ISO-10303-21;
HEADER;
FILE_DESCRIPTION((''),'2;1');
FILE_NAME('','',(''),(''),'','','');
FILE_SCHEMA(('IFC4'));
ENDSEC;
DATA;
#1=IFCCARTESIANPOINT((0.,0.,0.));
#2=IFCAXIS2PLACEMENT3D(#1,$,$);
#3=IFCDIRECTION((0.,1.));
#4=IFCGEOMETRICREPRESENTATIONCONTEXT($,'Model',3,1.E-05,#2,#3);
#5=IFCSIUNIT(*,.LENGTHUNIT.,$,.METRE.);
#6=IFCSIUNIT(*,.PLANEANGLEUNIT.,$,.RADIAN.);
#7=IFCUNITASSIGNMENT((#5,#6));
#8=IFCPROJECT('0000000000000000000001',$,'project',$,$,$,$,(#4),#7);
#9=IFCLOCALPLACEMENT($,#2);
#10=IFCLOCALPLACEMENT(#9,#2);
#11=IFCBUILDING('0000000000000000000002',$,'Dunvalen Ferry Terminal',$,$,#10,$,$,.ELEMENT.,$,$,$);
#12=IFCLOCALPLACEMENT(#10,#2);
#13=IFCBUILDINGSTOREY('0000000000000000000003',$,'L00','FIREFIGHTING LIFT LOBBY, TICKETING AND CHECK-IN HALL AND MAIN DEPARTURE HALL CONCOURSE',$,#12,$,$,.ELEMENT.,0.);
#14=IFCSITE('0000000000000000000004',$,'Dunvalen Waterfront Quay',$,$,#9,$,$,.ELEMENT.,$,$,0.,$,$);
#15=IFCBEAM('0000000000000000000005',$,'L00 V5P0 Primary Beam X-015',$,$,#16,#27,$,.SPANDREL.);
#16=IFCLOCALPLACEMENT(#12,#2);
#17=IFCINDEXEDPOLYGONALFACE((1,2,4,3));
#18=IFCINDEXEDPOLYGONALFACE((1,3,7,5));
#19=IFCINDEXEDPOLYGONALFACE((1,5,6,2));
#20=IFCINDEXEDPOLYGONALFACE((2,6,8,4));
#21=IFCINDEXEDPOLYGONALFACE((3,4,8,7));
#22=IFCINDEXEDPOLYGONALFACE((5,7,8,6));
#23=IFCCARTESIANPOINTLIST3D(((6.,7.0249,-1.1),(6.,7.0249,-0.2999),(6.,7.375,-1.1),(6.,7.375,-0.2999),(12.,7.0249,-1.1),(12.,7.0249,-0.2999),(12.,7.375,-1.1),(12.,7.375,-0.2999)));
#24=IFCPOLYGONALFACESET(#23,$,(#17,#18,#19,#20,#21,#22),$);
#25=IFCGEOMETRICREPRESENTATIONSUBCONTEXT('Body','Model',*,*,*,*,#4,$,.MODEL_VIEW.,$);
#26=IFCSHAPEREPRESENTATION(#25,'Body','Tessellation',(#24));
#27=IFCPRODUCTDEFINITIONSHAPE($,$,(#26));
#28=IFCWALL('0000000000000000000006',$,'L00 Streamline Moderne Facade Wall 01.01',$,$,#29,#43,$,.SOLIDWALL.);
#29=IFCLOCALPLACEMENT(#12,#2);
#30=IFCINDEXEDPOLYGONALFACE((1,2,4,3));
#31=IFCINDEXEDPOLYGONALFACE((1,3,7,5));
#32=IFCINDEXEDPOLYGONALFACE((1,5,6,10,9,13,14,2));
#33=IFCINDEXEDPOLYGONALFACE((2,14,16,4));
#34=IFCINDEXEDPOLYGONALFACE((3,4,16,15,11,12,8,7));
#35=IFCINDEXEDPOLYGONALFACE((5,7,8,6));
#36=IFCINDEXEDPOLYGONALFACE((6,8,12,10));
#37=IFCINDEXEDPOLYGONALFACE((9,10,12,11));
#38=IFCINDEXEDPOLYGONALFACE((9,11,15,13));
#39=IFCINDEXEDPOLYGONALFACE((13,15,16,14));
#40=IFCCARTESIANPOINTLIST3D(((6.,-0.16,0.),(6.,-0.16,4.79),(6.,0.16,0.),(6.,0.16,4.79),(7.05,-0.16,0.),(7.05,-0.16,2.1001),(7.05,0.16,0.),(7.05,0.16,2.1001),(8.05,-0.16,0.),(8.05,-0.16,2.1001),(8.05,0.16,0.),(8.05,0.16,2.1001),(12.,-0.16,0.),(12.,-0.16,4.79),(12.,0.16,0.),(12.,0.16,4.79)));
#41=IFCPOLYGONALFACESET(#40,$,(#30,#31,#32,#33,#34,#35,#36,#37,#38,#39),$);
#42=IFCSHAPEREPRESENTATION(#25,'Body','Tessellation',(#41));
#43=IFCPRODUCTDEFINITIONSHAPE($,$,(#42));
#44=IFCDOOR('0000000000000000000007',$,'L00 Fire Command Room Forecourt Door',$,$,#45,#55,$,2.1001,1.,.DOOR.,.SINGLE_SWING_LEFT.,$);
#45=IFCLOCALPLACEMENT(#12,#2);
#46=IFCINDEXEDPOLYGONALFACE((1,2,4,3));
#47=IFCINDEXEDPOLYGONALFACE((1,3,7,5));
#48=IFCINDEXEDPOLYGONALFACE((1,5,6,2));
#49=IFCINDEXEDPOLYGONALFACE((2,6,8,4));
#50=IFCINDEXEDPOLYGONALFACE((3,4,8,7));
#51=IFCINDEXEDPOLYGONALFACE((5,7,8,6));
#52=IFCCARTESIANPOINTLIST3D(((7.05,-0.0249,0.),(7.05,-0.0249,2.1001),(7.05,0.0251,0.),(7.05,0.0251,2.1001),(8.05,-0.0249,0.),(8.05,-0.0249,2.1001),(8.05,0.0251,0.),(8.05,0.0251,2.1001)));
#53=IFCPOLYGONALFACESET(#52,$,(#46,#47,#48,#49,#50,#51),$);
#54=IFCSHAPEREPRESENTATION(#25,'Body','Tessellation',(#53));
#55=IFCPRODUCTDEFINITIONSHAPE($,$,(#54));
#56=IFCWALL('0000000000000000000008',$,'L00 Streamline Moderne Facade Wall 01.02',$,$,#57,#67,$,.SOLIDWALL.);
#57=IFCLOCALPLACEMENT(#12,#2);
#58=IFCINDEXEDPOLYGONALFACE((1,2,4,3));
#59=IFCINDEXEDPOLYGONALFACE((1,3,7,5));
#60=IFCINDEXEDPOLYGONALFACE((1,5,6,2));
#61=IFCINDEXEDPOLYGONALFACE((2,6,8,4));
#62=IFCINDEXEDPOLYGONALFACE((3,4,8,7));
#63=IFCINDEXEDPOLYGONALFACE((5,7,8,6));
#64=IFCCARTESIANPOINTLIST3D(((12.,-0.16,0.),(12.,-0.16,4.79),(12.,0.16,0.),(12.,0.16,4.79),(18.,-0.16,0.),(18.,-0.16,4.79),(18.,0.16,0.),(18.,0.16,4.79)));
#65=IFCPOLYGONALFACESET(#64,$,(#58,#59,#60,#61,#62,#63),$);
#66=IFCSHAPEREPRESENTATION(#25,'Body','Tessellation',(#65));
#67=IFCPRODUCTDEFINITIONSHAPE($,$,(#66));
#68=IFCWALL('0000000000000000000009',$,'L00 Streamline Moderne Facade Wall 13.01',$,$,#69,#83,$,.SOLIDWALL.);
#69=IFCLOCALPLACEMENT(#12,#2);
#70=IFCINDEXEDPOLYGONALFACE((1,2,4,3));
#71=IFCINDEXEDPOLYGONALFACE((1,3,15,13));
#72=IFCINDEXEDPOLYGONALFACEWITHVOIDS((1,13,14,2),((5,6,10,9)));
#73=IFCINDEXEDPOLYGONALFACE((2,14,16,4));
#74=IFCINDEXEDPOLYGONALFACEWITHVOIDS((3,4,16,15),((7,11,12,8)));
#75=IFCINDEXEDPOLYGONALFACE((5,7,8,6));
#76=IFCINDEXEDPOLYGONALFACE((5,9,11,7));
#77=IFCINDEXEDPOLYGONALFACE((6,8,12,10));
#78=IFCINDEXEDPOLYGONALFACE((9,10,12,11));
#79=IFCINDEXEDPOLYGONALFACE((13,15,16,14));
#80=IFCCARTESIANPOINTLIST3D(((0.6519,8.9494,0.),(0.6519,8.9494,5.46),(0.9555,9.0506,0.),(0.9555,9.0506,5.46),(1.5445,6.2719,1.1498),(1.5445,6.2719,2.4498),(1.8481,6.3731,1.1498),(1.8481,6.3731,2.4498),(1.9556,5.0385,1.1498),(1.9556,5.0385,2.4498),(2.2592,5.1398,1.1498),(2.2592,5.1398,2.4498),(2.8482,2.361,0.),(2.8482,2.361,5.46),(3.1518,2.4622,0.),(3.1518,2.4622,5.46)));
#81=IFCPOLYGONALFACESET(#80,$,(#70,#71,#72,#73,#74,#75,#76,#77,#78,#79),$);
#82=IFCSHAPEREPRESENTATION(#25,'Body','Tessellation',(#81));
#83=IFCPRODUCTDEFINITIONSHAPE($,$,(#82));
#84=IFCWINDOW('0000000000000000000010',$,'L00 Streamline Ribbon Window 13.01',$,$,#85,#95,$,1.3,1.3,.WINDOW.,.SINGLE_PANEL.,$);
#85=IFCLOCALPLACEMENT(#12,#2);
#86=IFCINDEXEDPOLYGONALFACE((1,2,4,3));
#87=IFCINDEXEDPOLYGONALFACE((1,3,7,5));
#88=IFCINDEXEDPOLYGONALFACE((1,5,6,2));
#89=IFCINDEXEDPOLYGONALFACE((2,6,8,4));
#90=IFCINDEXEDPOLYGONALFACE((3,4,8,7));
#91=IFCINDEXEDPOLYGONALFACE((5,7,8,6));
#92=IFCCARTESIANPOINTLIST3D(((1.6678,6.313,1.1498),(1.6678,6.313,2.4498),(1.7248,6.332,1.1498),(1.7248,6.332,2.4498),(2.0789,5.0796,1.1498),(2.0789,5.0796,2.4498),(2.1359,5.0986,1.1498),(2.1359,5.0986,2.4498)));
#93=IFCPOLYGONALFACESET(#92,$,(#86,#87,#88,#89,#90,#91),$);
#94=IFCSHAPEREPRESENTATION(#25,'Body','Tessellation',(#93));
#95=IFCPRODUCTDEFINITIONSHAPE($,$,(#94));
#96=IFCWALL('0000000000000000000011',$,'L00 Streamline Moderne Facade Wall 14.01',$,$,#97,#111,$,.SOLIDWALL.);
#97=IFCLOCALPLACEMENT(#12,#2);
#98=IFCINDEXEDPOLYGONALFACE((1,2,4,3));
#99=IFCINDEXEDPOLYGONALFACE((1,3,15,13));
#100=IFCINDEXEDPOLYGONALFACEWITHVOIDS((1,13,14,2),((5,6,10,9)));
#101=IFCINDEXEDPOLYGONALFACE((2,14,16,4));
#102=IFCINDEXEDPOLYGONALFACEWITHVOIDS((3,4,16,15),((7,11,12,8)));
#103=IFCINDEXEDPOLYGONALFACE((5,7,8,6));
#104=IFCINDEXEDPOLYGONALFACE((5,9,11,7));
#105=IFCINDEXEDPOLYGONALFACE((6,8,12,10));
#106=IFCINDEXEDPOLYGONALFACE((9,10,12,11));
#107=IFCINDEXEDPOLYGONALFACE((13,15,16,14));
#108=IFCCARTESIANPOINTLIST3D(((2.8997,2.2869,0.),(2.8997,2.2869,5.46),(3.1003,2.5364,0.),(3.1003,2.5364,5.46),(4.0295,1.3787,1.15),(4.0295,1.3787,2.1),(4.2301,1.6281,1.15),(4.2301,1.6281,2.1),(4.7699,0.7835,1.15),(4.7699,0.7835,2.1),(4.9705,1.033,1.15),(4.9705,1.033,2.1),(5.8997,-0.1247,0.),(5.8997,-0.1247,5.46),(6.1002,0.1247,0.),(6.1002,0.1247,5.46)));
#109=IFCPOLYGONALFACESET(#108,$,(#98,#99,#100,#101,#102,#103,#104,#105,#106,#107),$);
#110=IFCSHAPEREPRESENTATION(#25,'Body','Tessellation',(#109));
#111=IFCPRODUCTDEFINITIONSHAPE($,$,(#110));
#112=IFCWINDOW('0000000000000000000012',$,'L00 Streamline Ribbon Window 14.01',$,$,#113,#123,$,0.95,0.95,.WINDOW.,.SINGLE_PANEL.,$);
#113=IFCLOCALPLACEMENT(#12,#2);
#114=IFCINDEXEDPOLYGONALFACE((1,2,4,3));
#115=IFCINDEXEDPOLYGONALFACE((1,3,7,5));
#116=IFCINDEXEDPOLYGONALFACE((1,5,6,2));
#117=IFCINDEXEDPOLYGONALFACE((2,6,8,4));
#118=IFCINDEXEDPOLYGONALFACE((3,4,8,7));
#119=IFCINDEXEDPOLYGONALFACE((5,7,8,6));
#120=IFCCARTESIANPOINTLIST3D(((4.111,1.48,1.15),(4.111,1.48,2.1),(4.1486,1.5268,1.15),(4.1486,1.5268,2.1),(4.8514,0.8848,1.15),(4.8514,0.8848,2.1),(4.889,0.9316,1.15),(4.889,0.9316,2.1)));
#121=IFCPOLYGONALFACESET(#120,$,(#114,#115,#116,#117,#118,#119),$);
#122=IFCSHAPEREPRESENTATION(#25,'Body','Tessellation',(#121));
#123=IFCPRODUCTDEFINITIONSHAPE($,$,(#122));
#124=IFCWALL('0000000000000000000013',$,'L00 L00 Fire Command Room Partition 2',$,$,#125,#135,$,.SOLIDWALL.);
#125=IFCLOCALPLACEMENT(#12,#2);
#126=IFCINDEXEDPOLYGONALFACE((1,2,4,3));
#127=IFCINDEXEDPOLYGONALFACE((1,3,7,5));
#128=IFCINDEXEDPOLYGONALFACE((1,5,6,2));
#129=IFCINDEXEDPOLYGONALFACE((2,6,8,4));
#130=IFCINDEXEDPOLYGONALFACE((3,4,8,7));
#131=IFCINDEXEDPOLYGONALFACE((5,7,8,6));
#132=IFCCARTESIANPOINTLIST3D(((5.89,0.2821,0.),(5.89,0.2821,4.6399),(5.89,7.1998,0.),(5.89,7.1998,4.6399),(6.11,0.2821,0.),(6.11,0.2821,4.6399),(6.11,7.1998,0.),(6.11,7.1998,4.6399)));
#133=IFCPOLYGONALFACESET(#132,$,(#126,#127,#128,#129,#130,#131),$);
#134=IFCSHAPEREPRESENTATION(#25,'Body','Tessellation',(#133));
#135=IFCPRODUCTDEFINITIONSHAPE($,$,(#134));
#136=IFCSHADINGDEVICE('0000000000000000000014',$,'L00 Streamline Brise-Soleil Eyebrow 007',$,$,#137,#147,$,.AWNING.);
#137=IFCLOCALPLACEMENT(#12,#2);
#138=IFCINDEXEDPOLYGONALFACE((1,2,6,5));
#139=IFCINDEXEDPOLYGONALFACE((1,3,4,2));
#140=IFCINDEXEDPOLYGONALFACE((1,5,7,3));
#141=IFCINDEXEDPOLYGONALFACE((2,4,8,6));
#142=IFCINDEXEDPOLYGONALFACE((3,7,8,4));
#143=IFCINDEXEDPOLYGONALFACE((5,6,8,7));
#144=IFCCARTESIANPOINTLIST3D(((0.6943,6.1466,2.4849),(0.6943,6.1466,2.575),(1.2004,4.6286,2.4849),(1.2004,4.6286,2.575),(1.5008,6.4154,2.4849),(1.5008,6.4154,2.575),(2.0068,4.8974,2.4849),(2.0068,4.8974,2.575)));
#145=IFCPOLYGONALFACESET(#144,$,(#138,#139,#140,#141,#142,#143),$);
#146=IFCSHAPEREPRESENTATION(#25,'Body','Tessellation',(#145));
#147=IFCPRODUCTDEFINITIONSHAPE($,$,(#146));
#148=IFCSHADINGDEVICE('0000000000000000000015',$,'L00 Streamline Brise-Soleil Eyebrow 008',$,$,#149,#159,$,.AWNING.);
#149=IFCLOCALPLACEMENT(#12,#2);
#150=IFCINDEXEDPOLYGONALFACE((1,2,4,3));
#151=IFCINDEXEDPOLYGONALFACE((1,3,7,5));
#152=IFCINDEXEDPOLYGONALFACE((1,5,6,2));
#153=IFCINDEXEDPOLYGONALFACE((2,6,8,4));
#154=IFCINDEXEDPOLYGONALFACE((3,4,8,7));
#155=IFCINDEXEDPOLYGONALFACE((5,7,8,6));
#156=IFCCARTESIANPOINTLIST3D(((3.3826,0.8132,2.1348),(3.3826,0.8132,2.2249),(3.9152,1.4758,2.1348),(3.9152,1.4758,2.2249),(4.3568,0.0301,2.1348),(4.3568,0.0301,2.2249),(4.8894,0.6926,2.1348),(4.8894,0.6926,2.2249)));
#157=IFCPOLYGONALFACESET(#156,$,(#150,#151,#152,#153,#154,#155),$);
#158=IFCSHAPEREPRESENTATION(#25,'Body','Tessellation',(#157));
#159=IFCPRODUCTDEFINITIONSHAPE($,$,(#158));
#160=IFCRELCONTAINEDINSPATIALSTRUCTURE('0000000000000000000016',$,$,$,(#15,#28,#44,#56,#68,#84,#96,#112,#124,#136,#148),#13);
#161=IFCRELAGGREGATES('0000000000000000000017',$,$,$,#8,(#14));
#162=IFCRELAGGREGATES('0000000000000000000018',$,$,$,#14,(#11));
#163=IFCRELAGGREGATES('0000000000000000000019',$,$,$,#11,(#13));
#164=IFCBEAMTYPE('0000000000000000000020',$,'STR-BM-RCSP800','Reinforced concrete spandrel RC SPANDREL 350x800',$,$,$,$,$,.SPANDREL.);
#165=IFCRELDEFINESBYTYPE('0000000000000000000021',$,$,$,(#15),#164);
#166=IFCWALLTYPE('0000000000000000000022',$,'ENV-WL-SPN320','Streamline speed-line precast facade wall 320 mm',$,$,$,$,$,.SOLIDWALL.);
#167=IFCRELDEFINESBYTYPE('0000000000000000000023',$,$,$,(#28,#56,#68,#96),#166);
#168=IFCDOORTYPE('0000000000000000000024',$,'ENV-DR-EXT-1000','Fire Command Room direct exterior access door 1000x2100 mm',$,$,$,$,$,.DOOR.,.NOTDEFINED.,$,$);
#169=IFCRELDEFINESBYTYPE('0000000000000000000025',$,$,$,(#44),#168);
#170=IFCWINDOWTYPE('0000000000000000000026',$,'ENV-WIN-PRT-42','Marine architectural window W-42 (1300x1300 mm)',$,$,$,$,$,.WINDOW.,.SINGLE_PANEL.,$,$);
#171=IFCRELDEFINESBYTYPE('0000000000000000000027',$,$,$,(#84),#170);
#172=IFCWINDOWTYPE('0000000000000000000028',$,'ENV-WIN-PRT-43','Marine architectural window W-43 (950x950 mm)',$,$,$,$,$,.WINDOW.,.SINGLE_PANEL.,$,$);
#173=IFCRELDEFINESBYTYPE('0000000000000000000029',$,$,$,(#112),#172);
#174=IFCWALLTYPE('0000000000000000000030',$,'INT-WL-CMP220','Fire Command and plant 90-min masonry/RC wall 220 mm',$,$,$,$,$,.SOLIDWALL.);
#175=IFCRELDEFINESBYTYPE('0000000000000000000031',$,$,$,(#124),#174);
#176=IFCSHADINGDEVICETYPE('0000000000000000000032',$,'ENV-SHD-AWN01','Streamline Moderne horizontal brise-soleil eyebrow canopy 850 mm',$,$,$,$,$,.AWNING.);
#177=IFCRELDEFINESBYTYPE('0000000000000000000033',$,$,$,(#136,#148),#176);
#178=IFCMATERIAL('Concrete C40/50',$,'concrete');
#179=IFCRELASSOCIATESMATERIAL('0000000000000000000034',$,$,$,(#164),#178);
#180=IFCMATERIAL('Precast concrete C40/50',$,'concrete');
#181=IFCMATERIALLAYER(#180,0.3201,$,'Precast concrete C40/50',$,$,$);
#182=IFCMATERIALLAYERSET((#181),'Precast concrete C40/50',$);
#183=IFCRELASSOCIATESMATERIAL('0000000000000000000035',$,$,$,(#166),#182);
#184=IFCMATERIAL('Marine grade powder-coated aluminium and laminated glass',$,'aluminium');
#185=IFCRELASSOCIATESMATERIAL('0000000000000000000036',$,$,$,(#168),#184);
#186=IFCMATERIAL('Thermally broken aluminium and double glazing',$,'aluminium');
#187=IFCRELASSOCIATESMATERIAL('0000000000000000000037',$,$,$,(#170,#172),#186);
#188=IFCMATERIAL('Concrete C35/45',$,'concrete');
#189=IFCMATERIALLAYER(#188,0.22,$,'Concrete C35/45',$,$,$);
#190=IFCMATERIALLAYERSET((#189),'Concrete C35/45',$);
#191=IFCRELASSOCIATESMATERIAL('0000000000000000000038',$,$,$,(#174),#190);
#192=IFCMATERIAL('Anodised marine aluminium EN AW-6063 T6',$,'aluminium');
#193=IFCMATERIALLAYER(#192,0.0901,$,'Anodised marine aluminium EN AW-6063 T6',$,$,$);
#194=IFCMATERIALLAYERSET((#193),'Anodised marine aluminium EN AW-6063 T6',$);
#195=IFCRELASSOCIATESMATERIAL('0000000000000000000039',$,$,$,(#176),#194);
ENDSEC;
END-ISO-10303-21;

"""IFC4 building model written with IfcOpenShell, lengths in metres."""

from ifc_helpers import new_model, si_unit, direction, frame, frame_2d, origin, origin_2d, place, context, subcontext, project, spatial, rectangle, extrude, material, layer, layer_set, material_profile, profile_set, type_object, element, fill, save


model = new_model("IFC4")

# Units and contexts
model_context = context("Model", 3, precision=1e-05, world=origin(), true_north=direction((0.0, 1.0)))
body_context = subcontext(model_context, "Body", "Model", "MODEL_VIEW")
ifc_project = project(units=[si_unit("LENGTHUNIT", "METRE"), si_unit("PLANEANGLEUNIT", "RADIAN")], contexts=[model_context])

# Site, building, storey
site_placement = place(None, origin())
site = spatial("IfcSite", under=ifc_project, at=site_placement, Name="Dunvalen Waterfront Quay", CompositionType="ELEMENT", RefElevation=0.0)
building_placement = place(site_placement, origin())
building = spatial("IfcBuilding", under=site, at=building_placement, Name="Dunvalen Ferry Terminal", CompositionType="ELEMENT")
storey_placement = place(building_placement, origin())
storey = spatial("IfcBuildingStorey", under=building, at=storey_placement, Name="L00", Description="FIREFIGHTING LIFT LOBBY, TICKETING AND CHECK-IN HALL AND MAIN DEPARTURE HALL CONCOURSE", CompositionType="ELEMENT", Elevation=0.0)

# Shared definitions
ifc_material_1 = material(Name="Concrete C40/50", Category="concrete")

# Beam
ifc_material_profile_1 = material_profile(ifc_material_1, rectangle(XDim=0.3501, YDim=0.8, at=origin_2d()), Name="Concrete C40/50")
ifc_profile_set_1 = profile_set([ifc_material_profile_1], Name="Concrete C40/50")
beam_type_1 = type_object("IfcBeamType", Name="STR-BM-RCSP800", Description="Reinforced concrete spandrel RC SPANDREL 350x800", PredefinedType="SPANDREL", material=ifc_profile_set_1)
beam_1_placement = place(storey_placement, frame((6.0, 7.2, -0.7), z_axis=(1.0, 0.0, 0.0), x_axis=(0.0, 1.0, 0.0)))
element("IfcBeam", 1, at=beam_1_placement, inside=storey, type_object=beam_type_1, Name="L00 V5P0 Primary Beam X-015", PredefinedType="SPANDREL", context=body_context, shape_type="SweptSolid", body=[
    extrude(rectangle(XDim=0.3501, YDim=0.8, at=origin_2d()), origin(), (0.0, 0.0, 1.0), 6.0),
])

# Wall, opening, door
ifc_material_2 = material(Name="Precast concrete C40/50", Category="concrete")
ifc_layer_1 = layer(ifc_material_2, 0.3201, Name="Precast concrete C40/50")
ifc_layer_set_1 = layer_set([ifc_layer_1], Name="Precast concrete C40/50")
wall_type_1 = type_object("IfcWallType", Name="ENV-WL-SPN320", Description="Streamline speed-line precast facade wall 320 mm", PredefinedType="SOLIDWALL", material=ifc_layer_set_1)
wall_1_placement = place(storey_placement, frame((6.0, 0.0, 0.0), z_axis=(0.0, 0.0, 1.0), x_axis=(1.0, 0.0, 0.0)))
wall_1 = element("IfcWall", 2, at=wall_1_placement, inside=storey, type_object=wall_type_1, Name="L00 Streamline Moderne Facade Wall 01.01", PredefinedType="SOLIDWALL", context=body_context, shape_type="SweptSolid", body=[
    extrude(rectangle(XDim=6.0, YDim=0.3201, at=frame_2d((3.0, 0.0))), origin(), (0.0, 0.0, 1.0), 4.79),
])
opening_1_placement = place(wall_1_placement, frame((1.05, 0.0, 0.0)))
opening_1 = element("IfcOpeningElement", 3, at=opening_1_placement, cuts=wall_1, PredefinedType="OPENING", context=body_context, shape_type="SweptSolid", body=[
    extrude(rectangle(XDim=1.0, YDim=2.1001, at=frame_2d((0.5, 1.05))), frame((0.0, 0.1699, 0.0), z_axis=(0.0, -1.0, 0.0), x_axis=(1.0, 0.0, 0.0)), (0.0, 0.0, 1.0), 0.3401),
])
ifc_material_3 = material(Name="Marine grade powder-coated aluminium and laminated glass", Category="aluminium")
door_type = type_object("IfcDoorType", Name="ENV-DR-EXT-1000", Description="Fire Command Room direct exterior access door 1000x2100 mm", OperationType="NOTDEFINED", PredefinedType="DOOR", material=ifc_material_3)
door_placement = place(opening_1_placement, frame((1.0, 0.0, 0.0), z_axis=(0.0, 0.0, 1.0), x_axis=(-1.0, 0.0, 0.0)))
door = element("IfcDoor", 4, at=door_placement, inside=storey, type_object=door_type, Name="L00 Fire Command Room Forecourt Door", OperationType="SINGLE_SWING_LEFT", OverallHeight=2.1001, OverallWidth=1.0, PredefinedType="DOOR", context=body_context, shape_type="SweptSolid", body=[
    extrude(rectangle(XDim=1.0, YDim=2.1001, at=frame_2d((0.5, 1.05))), frame((0.0, 0.0249, 0.0), z_axis=(0.0, -1.0, 0.0), x_axis=(1.0, 0.0, 0.0)), (0.0, 0.0, 1.0), 0.05),
])
fill(opening_1, door)

# Wall
wall_2_placement = place(storey_placement, frame((12.0, 0.0, 0.0), z_axis=(0.0, 0.0, 1.0), x_axis=(1.0, 0.0, 0.0)))
element("IfcWall", 5, at=wall_2_placement, inside=storey, type_object=wall_type_1, Name="L00 Streamline Moderne Facade Wall 01.02", PredefinedType="SOLIDWALL", context=body_context, shape_type="SweptSolid", body=[
    extrude(rectangle(XDim=6.0, YDim=0.3201, at=frame_2d((3.0, 0.0))), origin(), (0.0, 0.0, 1.0), 4.79),
])

# Walls, openings, windows
wall_3_placement = place(storey_placement, frame((0.8037, 9.0, 0.0), z_axis=(0.0, 0.0, 1.0), x_axis=(0.316249, -0.948676, 0.0)))
wall_3 = element("IfcWall", 6, at=wall_3_placement, inside=storey, type_object=wall_type_1, Name="L00 Streamline Moderne Facade Wall 13.01", PredefinedType="SOLIDWALL", context=body_context, shape_type="SweptSolid", body=[
    extrude(rectangle(XDim=6.9448, YDim=0.3201, at=frame_2d((3.4724, 0.0))), origin(), (0.0, 0.0, 1.0), 5.46),
])
opening_2_placement = place(wall_3_placement, frame((2.8225, 0.0, 1.1499)))
opening_2 = element("IfcOpeningElement", 7, at=opening_2_placement, cuts=wall_3, PredefinedType="OPENING", context=body_context, shape_type="SweptSolid", body=[
    extrude(rectangle(XDim=1.3, YDim=1.3, at=frame_2d((0.6499, 0.6499))), frame((0.0, 0.1699, 0.0), z_axis=(0.0, -1.0, 0.0), x_axis=(1.0, 0.0, 0.0)), (0.0, 0.0, 1.0), 0.3401),
])
ifc_material_4 = material(Name="Thermally broken aluminium and double glazing", Category="aluminium")
window_type_1 = type_object("IfcWindowType", Name="ENV-WIN-PRT-42", Description="Marine architectural window W-42 (1300x1300 mm)", PartitioningType="SINGLE_PANEL", PredefinedType="WINDOW", material=ifc_material_4)
window_1_placement = place(opening_2_placement, origin())
window_1 = element("IfcWindow", 8, at=window_1_placement, inside=storey, type_object=window_type_1, Name="L00 Streamline Ribbon Window 13.01", OverallHeight=1.3, OverallWidth=1.3, PartitioningType="SINGLE_PANEL", PredefinedType="WINDOW", context=body_context, shape_type="SweptSolid", body=[
    extrude(rectangle(XDim=1.3, YDim=1.3, at=frame_2d((0.6499, 0.6499))), frame((0.0, 0.03, 0.0), z_axis=(0.0, -1.0, 0.0), x_axis=(1.0, 0.0, 0.0)), (0.0, 0.0, 1.0), 0.0601),
])
fill(opening_2, window_1)
wall_4_placement = place(storey_placement, frame((3.0, 2.4116, 0.0), z_axis=(0.0, 0.0, 1.0), x_axis=(0.779394, -0.626534, 0.0)))
wall_4 = element("IfcWall", 9, at=wall_4_placement, inside=storey, type_object=wall_type_1, Name="L00 Streamline Moderne Facade Wall 14.01", PredefinedType="SOLIDWALL", context=body_context, shape_type="SweptSolid", body=[
    extrude(rectangle(XDim=3.8491, YDim=0.3201, at=frame_2d((1.9246, 0.0))), origin(), (0.0, 0.0, 1.0), 5.46),
])
opening_3_placement = place(wall_4_placement, frame((1.4495, 0.0, 1.1499)))
opening_3 = element("IfcOpeningElement", 10, at=opening_3_placement, cuts=wall_4, PredefinedType="OPENING", context=body_context, shape_type="SweptSolid", body=[
    extrude(rectangle(XDim=0.95, YDim=0.95, at=frame_2d((0.4751, 0.4751))), frame((0.0, 0.1699, 0.0), z_axis=(0.0, -1.0, 0.0), x_axis=(1.0, 0.0, 0.0)), (0.0, 0.0, 1.0), 0.3401),
])
window_type_2 = type_object("IfcWindowType", Name="ENV-WIN-PRT-43", Description="Marine architectural window W-43 (950x950 mm)", PartitioningType="SINGLE_PANEL", PredefinedType="WINDOW", material=ifc_material_4)
window_2_placement = place(opening_3_placement, origin())
window_2 = element("IfcWindow", 11, at=window_2_placement, inside=storey, type_object=window_type_2, Name="L00 Streamline Ribbon Window 14.01", OverallHeight=0.95, OverallWidth=0.95, PartitioningType="SINGLE_PANEL", PredefinedType="WINDOW", context=body_context, shape_type="SweptSolid", body=[
    extrude(rectangle(XDim=0.95, YDim=0.95, at=frame_2d((0.4751, 0.4751))), frame((0.0, 0.03, 0.0), z_axis=(0.0, -1.0, 0.0), x_axis=(1.0, 0.0, 0.0)), (0.0, 0.0, 1.0), 0.0601),
])
fill(opening_3, window_2)

# Wall
ifc_material_5 = material(Name="Concrete C35/45", Category="concrete")
ifc_layer_2 = layer(ifc_material_5, 0.22, Name="Concrete C35/45")
ifc_layer_set_2 = layer_set([ifc_layer_2], Name="Concrete C35/45")
wall_type_2 = type_object("IfcWallType", Name="INT-WL-CMP220", Description="Fire Command and plant 90-min masonry/RC wall 220 mm", PredefinedType="SOLIDWALL", material=ifc_layer_set_2)
wall_5_placement = place(storey_placement, frame((6.0, 7.2, 0.0), z_axis=(0.0, 0.0, 1.0), x_axis=(0.0, -1.0, 0.0)))
element("IfcWall", 12, at=wall_5_placement, inside=storey, type_object=wall_type_2, Name="L00 L00 Fire Command Room Partition 2", PredefinedType="SOLIDWALL", context=body_context, shape_type="SweptSolid", body=[
    extrude(rectangle(XDim=6.9177, YDim=0.22, at=frame_2d((3.459, 0.0))), origin(), (0.0, 0.0, 1.0), 4.6399),
])

# Shading devices
ifc_material_6 = material(Name="Anodised marine aluminium EN AW-6063 T6", Category="aluminium")
ifc_layer_3 = layer(ifc_material_6, 0.0901, Name="Anodised marine aluminium EN AW-6063 T6")
ifc_layer_set_3 = layer_set([ifc_layer_3], Name="Anodised marine aluminium EN AW-6063 T6")
shading_device_type = type_object("IfcShadingDeviceType", Name="ENV-SHD-AWN01", Description="Streamline Moderne horizontal brise-soleil eyebrow canopy 850 mm", PredefinedType="AWNING", material=ifc_layer_set_3)
shading_device_1_placement = place(storey_placement, frame((1.3506, 5.522, 2.4849), z_axis=(0.0, 0.0, 1.0), x_axis=(0.316232, -0.948682, 0.0)))
element("IfcShadingDevice", 13, at=shading_device_1_placement, inside=storey, type_object=shading_device_type, Name="L00 Streamline Brise-Soleil Eyebrow 007", PredefinedType="AWNING", context=body_context, shape_type="SweptSolid", body=[
    extrude(rectangle(XDim=1.6001, YDim=0.8501, at=origin_2d()), origin(), (0.0, 0.0, 1.0), 0.0901),
])
shading_device_2_placement = place(storey_placement, frame((4.136, 0.7529, 2.1348), z_axis=(0.0, 0.0, 1.0), x_axis=(0.779409, -0.626515, 0.0)))
element("IfcShadingDevice", 14, at=shading_device_2_placement, inside=storey, type_object=shading_device_type, Name="L00 Streamline Brise-Soleil Eyebrow 008", PredefinedType="AWNING", context=body_context, shape_type="SweptSolid", body=[
    extrude(rectangle(XDim=1.25, YDim=0.8501, at=origin_2d()), origin(), (0.0, 0.0, 1.0), 0.0901),
])

save(model, "model.ifc")
